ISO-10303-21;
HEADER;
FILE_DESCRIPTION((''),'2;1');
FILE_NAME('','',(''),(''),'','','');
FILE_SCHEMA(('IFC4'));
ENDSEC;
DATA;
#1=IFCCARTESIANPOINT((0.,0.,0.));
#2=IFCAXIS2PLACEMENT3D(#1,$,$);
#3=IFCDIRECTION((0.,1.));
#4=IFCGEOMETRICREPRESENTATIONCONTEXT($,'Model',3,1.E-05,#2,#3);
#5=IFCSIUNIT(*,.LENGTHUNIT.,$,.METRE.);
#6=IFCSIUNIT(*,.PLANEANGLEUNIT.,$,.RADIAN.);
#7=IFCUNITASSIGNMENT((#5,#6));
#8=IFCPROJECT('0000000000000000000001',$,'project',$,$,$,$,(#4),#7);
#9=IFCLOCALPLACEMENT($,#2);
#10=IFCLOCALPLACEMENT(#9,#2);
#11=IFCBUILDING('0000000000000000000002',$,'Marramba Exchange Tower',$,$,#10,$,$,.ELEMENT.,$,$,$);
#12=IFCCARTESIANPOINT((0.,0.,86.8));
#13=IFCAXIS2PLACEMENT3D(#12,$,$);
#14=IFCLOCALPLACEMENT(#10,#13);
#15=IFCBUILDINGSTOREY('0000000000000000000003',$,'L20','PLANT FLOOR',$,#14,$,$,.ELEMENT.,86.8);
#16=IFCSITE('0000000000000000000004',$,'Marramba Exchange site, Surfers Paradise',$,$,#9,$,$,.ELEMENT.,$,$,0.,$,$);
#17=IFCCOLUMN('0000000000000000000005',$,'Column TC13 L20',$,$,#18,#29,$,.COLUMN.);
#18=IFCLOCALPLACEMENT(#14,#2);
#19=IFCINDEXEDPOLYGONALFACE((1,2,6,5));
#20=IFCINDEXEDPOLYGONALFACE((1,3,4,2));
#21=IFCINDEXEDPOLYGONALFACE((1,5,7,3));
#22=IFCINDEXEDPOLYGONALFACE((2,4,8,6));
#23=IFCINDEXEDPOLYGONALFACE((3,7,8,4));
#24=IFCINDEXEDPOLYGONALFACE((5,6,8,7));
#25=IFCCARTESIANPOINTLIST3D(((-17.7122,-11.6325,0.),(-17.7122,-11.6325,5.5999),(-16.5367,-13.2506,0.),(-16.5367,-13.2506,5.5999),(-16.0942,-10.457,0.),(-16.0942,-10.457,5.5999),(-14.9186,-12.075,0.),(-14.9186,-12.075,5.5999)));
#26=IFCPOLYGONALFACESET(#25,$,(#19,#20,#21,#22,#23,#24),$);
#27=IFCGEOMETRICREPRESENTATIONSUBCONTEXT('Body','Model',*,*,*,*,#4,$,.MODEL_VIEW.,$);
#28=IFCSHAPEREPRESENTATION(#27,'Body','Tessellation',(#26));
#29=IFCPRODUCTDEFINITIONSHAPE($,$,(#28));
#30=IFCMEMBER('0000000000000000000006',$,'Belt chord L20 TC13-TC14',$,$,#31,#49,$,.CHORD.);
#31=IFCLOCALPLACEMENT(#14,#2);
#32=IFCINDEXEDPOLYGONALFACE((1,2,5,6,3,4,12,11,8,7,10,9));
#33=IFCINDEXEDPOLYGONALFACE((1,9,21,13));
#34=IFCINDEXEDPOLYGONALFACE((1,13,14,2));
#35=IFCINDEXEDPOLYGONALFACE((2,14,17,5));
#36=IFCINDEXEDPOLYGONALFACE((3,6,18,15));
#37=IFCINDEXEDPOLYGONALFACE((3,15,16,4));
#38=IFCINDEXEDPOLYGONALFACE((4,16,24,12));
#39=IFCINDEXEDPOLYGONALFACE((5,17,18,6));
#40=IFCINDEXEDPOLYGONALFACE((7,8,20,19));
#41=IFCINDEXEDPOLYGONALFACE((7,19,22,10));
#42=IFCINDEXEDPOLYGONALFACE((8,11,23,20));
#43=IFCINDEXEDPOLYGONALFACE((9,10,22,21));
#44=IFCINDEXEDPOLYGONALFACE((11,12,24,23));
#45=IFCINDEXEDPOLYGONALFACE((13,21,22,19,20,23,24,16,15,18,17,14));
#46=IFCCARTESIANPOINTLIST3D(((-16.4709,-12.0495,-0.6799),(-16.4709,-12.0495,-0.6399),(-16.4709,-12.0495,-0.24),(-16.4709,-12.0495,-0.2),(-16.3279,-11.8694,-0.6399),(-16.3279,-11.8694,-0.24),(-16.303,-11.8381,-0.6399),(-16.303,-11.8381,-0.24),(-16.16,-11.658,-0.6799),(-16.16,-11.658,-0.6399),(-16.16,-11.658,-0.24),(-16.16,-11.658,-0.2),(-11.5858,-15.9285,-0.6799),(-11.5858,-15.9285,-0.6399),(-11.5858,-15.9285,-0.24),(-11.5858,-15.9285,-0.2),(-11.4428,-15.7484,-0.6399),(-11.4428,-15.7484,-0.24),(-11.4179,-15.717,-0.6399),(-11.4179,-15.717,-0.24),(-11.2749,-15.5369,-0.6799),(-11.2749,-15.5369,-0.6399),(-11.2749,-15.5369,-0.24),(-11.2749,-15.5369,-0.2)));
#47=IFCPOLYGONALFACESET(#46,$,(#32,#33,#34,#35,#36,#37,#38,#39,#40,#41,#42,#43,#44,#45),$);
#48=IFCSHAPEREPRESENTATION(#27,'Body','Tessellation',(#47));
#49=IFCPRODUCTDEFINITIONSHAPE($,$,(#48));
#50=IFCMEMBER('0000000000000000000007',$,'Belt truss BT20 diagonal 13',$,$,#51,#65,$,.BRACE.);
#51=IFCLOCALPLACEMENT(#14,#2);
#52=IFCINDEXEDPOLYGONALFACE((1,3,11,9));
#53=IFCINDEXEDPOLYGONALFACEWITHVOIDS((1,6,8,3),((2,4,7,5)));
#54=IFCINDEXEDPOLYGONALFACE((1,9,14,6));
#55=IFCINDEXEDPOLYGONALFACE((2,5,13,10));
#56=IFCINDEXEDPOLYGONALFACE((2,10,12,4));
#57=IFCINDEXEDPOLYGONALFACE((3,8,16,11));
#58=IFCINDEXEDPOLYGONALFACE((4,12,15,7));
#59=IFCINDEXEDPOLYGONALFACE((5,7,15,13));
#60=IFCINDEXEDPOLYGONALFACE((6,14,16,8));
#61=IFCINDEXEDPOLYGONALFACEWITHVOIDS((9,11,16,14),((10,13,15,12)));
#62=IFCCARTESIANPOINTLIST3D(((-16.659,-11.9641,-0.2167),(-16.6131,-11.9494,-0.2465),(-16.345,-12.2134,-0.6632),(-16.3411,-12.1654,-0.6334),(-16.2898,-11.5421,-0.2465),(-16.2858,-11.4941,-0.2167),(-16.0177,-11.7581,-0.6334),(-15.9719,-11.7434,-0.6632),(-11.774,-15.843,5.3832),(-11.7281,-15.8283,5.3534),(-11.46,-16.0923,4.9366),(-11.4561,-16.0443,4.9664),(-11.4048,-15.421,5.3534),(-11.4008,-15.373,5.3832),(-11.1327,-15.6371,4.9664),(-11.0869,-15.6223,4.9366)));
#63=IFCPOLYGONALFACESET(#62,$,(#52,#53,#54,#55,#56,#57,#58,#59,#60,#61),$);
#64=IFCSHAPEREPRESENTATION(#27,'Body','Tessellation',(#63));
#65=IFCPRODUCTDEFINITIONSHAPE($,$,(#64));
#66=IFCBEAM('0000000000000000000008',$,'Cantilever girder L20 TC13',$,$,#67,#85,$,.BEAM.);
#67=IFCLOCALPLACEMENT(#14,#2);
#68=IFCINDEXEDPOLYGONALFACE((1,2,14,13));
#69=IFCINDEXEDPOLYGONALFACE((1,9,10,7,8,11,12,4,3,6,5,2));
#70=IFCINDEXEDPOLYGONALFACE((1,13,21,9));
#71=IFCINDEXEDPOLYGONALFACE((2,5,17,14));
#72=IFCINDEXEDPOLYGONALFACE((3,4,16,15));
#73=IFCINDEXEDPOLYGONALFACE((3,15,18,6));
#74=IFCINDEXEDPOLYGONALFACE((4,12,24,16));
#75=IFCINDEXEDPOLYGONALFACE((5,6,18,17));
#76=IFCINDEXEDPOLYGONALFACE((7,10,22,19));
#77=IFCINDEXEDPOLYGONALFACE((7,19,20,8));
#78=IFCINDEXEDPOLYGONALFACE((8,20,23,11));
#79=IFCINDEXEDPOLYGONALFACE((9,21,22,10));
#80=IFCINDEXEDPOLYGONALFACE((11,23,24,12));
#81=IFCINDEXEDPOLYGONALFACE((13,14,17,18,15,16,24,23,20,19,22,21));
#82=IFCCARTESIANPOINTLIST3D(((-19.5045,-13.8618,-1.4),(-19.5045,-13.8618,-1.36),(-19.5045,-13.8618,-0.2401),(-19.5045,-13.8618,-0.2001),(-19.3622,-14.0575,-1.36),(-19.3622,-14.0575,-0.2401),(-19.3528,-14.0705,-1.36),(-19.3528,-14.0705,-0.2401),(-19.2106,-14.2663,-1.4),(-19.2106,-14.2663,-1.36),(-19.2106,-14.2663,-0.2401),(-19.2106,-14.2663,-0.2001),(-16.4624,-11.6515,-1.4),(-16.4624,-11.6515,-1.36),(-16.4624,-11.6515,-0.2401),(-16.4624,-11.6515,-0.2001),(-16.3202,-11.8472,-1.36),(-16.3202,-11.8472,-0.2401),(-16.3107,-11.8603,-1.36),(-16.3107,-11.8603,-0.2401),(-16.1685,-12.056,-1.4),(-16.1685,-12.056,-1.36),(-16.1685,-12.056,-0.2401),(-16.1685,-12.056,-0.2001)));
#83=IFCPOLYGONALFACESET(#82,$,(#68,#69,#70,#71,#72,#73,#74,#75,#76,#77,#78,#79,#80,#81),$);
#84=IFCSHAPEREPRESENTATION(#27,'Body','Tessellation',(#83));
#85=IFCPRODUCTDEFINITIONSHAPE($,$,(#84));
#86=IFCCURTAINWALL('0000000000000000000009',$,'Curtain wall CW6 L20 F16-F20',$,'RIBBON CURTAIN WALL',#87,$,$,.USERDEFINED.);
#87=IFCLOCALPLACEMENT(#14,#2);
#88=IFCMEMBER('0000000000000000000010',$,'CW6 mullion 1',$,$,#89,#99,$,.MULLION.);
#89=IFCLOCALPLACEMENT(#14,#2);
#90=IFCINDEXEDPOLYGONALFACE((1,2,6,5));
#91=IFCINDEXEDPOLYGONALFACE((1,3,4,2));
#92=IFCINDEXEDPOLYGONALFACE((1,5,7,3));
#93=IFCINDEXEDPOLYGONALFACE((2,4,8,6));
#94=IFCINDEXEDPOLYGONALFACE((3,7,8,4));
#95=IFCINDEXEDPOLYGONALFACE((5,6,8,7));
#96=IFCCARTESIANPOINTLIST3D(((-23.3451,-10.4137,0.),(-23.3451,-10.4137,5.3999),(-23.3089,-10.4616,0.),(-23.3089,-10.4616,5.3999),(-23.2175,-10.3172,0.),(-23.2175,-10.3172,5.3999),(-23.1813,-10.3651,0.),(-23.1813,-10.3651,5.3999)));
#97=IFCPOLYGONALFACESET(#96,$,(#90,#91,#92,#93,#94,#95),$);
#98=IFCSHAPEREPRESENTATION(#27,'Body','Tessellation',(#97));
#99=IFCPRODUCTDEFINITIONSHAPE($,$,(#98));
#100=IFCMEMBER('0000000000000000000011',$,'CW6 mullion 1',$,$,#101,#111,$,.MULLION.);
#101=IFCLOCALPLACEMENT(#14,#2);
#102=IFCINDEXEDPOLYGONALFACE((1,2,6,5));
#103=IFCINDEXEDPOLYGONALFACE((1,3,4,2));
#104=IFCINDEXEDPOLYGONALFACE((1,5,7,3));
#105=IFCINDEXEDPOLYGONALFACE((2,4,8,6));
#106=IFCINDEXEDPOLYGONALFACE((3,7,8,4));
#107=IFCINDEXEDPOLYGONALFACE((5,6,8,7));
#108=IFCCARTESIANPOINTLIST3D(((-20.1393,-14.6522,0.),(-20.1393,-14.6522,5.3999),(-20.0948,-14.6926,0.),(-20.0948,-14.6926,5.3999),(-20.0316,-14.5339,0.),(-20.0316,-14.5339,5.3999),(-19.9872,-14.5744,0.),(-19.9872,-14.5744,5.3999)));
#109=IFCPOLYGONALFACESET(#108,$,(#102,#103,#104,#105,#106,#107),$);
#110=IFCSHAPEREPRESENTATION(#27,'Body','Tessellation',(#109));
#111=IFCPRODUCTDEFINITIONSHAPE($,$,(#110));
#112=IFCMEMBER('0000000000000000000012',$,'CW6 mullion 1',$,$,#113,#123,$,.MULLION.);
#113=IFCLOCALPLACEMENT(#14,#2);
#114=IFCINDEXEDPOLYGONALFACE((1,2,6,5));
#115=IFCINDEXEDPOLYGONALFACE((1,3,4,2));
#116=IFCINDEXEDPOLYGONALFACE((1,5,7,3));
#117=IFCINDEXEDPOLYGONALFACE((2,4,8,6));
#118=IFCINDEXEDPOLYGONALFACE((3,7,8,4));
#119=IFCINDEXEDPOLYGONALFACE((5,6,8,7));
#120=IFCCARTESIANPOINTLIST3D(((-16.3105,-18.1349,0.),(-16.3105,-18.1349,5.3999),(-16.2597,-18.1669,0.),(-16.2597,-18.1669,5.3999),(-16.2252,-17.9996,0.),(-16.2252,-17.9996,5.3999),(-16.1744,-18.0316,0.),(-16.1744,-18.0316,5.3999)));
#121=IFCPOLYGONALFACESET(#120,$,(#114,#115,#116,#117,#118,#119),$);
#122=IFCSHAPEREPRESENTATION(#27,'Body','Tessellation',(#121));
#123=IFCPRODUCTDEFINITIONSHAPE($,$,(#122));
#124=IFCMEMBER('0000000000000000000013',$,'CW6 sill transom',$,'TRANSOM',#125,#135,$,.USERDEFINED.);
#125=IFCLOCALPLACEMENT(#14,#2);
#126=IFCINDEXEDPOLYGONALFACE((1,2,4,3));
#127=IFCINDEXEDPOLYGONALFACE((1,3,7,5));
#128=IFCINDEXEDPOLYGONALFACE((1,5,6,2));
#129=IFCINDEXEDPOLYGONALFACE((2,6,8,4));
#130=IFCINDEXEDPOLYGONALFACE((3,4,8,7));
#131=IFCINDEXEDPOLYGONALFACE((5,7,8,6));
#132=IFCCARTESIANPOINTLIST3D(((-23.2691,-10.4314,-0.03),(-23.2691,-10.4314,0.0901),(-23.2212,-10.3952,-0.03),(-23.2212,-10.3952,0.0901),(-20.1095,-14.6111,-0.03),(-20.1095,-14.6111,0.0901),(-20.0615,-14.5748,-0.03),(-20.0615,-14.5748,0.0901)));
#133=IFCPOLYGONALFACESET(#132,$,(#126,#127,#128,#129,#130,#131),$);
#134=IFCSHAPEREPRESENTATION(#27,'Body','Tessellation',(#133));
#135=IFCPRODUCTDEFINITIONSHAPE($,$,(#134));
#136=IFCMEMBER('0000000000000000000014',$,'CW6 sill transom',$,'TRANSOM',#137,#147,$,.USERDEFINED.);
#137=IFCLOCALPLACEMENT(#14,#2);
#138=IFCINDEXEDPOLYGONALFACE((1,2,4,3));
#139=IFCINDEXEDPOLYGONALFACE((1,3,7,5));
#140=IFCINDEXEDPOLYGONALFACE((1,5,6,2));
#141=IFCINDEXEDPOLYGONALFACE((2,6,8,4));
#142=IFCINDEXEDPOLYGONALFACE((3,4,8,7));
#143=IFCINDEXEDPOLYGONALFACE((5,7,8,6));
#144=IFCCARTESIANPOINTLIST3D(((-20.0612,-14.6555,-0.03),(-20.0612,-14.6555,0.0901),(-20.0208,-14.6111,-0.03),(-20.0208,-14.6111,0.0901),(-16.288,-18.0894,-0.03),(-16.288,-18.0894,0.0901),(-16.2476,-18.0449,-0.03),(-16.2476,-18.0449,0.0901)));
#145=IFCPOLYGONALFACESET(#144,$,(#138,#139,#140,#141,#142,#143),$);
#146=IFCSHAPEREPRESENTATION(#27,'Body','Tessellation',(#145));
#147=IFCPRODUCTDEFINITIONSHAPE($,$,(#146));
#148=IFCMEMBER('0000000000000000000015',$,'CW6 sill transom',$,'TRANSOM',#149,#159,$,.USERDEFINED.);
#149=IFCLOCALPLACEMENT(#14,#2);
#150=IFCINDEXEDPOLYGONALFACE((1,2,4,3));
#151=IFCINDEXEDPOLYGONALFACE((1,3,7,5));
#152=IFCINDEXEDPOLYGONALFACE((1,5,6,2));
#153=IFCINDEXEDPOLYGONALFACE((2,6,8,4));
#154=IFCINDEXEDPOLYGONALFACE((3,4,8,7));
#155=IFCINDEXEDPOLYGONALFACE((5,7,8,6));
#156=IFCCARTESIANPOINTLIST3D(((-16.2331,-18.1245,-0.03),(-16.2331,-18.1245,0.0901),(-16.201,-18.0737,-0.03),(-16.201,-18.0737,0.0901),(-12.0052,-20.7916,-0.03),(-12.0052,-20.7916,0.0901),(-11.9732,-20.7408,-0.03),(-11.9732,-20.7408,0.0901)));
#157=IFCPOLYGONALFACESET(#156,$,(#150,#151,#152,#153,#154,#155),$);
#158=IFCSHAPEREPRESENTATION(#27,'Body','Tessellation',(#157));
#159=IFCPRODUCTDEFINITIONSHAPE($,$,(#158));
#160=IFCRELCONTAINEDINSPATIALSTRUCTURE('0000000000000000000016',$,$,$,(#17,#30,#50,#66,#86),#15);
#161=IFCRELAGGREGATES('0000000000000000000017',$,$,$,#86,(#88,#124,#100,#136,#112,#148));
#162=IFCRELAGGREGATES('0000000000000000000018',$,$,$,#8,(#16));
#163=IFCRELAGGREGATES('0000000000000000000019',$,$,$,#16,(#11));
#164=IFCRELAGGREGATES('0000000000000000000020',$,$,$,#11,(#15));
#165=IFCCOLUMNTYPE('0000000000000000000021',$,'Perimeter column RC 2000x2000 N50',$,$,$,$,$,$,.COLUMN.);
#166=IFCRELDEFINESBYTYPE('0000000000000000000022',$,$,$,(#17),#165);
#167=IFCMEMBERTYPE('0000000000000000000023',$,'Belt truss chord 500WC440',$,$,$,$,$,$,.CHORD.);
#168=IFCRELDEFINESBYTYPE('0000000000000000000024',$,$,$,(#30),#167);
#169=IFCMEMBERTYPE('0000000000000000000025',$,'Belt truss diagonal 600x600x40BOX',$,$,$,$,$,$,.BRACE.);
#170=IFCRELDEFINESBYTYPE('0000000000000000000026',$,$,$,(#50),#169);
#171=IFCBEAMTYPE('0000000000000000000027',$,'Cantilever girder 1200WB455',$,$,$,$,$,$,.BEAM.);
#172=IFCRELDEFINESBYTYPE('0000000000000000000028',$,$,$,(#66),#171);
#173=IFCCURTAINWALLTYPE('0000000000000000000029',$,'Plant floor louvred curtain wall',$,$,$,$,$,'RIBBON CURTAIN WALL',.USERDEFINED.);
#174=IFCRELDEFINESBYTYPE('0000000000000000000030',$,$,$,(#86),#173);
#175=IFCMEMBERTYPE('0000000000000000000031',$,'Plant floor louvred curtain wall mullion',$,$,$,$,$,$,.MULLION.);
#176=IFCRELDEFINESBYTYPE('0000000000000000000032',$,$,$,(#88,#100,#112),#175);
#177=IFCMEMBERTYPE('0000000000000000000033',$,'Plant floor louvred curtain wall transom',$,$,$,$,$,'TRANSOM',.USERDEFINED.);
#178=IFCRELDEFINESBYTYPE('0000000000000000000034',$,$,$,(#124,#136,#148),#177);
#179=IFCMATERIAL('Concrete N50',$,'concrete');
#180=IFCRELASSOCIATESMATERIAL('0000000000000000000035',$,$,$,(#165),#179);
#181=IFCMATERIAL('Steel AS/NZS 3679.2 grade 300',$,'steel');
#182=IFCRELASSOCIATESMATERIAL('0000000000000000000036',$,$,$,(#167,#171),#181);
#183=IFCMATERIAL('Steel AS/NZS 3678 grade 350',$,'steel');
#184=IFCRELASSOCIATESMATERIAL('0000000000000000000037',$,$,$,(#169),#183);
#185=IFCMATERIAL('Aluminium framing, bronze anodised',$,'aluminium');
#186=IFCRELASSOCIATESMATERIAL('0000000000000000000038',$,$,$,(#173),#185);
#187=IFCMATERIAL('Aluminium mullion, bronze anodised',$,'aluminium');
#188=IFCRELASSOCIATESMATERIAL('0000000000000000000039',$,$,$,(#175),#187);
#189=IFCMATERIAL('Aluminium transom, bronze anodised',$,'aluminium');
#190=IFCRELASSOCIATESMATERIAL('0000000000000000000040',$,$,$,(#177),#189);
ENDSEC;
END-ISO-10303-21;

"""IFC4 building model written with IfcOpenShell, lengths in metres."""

from ifc_helpers import new_model, si_unit, direction, frame, origin, origin_2d, place, context, subcontext, project, spatial, rectangle, hollow_rectangle, i_section, extrude, material, material_profile, profile_set, type_object, element, aggregate, save


model = new_model("IFC4")

# Units and contexts
model_context = context("Model", 3, precision=1e-05, world=origin(), true_north=direction((0.0, 1.0)))
body_context = subcontext(model_context, "Body", "Model", "MODEL_VIEW")
ifc_project = project(units=[si_unit("LENGTHUNIT", "METRE"), si_unit("PLANEANGLEUNIT", "RADIAN")], contexts=[model_context])

# Site, building, storey
site_placement = place(None, origin())
site = spatial("IfcSite", under=ifc_project, at=site_placement, Name="Marramba Exchange site, Surfers Paradise", CompositionType="ELEMENT", RefElevation=0.0)
building_placement = place(site_placement, origin())
building = spatial("IfcBuilding", under=site, at=building_placement, Name="Marramba Exchange Tower", CompositionType="ELEMENT")
storey_placement = place(building_placement, frame((0.0, 0.0, 86.8)))
storey = spatial("IfcBuildingStorey", under=building, at=storey_placement, Name="L20", Description="PLANT FLOOR", CompositionType="ELEMENT", Elevation=86.8)

# Column
ifc_material_1 = material(Name="Concrete N50", Category="concrete")
ifc_material_profile_1 = material_profile(ifc_material_1, rectangle(XDim=2.0, YDim=2.0, at=origin_2d()), Name="RC 2000x2000")
ifc_profile_set_1 = profile_set([ifc_material_profile_1], Name="Concrete N50")
column_type = type_object("IfcColumnType", Name="Perimeter column RC 2000x2000 N50", PredefinedType="COLUMN", material=ifc_profile_set_1)
column_placement = place(storey_placement, frame((-16.3154, -11.8538, 0.0), z_axis=(0.0, 0.0, 1.0), x_axis=(-0.809017, -0.587785, 0.0)))
element("IfcColumn", 1, at=column_placement, inside=storey, type_object=column_type, Name="Column TC13 L20", PredefinedType="COLUMN", context=body_context, shape_type="SweptSolid", body=[
    extrude(rectangle(XDim=2.0, YDim=2.0, at=origin_2d()), origin(), (0.0, 0.0, 1.0), 5.5999),
])

# Members
ifc_material_2 = material(Name="Steel AS/NZS 3679.2 grade 300", Category="steel")
ifc_material_profile_2 = material_profile(ifc_material_2, i_section(OverallWidth=0.5, OverallDepth=0.48, WebThickness=0.04, FlangeThickness=0.04, at=origin_2d()), Name="500WC440")
ifc_profile_set_2 = profile_set([ifc_material_profile_2], Name="Steel AS/NZS 3679.2 grade 300")
member_type_1 = type_object("IfcMemberType", Name="Belt truss chord 500WC440", PredefinedType="CHORD", material=ifc_profile_set_2)
member_1_placement = place(storey_placement, frame((-16.3154, -11.8538, -0.4399), z_axis=(0.783139, -0.621846, 0.0), x_axis=(0.621846, 0.783139, 0.0)))
element("IfcMember", 2, at=member_1_placement, inside=storey, type_object=member_type_1, Name="Belt chord L20 TC13-TC14", PredefinedType="CHORD", context=body_context, shape_type="SweptSolid", body=[
    extrude(i_section(OverallWidth=0.5, OverallDepth=0.48, WebThickness=0.04, FlangeThickness=0.04, at=origin_2d()), origin(), (0.0, 0.0, 1.0), 6.2378),
])
ifc_material_3 = material(Name="Steel AS/NZS 3678 grade 350", Category="steel")
ifc_material_profile_3 = material_profile(ifc_material_3, hollow_rectangle(XDim=0.6001, YDim=0.6001, WallThickness=0.04, at=origin_2d()), Name="600x600x40BOX")
ifc_profile_set_3 = profile_set([ifc_material_profile_3], Name="Steel AS/NZS 3678 grade 350")
member_type_2 = type_object("IfcMemberType", Name="Belt truss diagonal 600x600x40BOX", PredefinedType="BRACE", material=ifc_profile_set_3)
member_2_placement = place(storey_placement, frame((-16.3154, -11.8538, -0.4399), z_axis=(0.582758, -0.462734, 0.668035), x_axis=(0.621846, 0.783139, 0.0)))
element("IfcMember", 3, at=member_2_placement, inside=storey, type_object=member_type_2, Name="Belt truss BT20 diagonal 13", PredefinedType="BRACE", context=body_context, shape_type="SweptSolid", body=[
    extrude(hollow_rectangle(XDim=0.6001, YDim=0.6001, WallThickness=0.04, at=origin_2d()), origin(), (0.0, 0.0, 1.0), 8.3826),
])

# Beam
ifc_material_profile_4 = material_profile(ifc_material_2, i_section(OverallWidth=0.5, OverallDepth=1.2, WebThickness=0.0161, FlangeThickness=0.04, at=origin_2d()), Name="1200WB455")
ifc_profile_set_4 = profile_set([ifc_material_profile_4], Name="Steel AS/NZS 3679.2 grade 300")
beam_type_1 = type_object("IfcBeamType", Name="Cantilever girder 1200WB455", PredefinedType="BEAM", material=ifc_profile_set_4)
beam_1_placement = place(storey_placement, frame((-16.3154, -11.8538, -0.8), z_axis=(-0.809008, -0.587797, 0.0), x_axis=(0.587797, -0.809008, 0.0)))
element("IfcBeam", 4, at=beam_1_placement, inside=storey, type_object=beam_type_1, Name="Cantilever girder L20 TC13", PredefinedType="BEAM", context=body_context, shape_type="SweptSolid", body=[
    extrude(i_section(OverallWidth=0.5, OverallDepth=1.2, WebThickness=0.0161, FlangeThickness=0.04, at=origin_2d()), origin(), (0.0, 0.0, 1.0), 3.7603),
])

# Curtain wall, members
ifc_material_4 = material(Name="Aluminium framing, bronze anodised", Category="aluminium")
curtain_wall_type = type_object("IfcCurtainWallType", Name="Plant floor louvred curtain wall", ElementType="RIBBON CURTAIN WALL", PredefinedType="USERDEFINED", material=ifc_material_4)
curtain_wall_placement = place(storey_placement, origin())
curtain_wall = element("IfcCurtainWall", 5, at=curtain_wall_placement, inside=storey, type_object=curtain_wall_type, Name="Curtain wall CW6 L20 F16-F20", ObjectType="RIBBON CURTAIN WALL", PredefinedType="USERDEFINED")
ifc_material_5 = material(Name="Aluminium mullion, bronze anodised", Category="aluminium")
ifc_material_profile_5 = material_profile(ifc_material_5, rectangle(XDim=0.1599, YDim=0.0601, at=origin_2d()), Name="CW6 mullion 60x160")
ifc_profile_set_5 = profile_set([ifc_material_profile_5], Name="Aluminium mullion, bronze anodised")
member_type_3 = type_object("IfcMemberType", Name="Plant floor louvred curtain wall mullion", PredefinedType="MULLION", material=ifc_profile_set_5)
member_3_placement = place(storey_placement, frame((-23.2632, -10.3894, 0.0), z_axis=(0.0, 0.0, 1.0), x_axis=(0.797711, 0.60304, 0.0)))
member_3 = element("IfcMember", 6, at=member_3_placement, type_object=member_type_3, Name="CW6 mullion 1", PredefinedType="MULLION", context=body_context, shape_type="SweptSolid", body=[
    extrude(rectangle(XDim=0.1599, YDim=0.0601, at=origin_2d()), origin(), (0.0, 0.0, 1.0), 5.3999),
])
member_4_placement = place(storey_placement, frame((-20.0632, -14.6133, 0.0), z_axis=(0.0, 0.0, 1.0), x_axis=(0.673058, 0.73959, 0.0)))
member_4 = element("IfcMember", 7, at=member_4_placement, type_object=member_type_3, Name="CW6 mullion 1", PredefinedType="MULLION", context=body_context, shape_type="SweptSolid", body=[
    extrude(rectangle(XDim=0.1599, YDim=0.0601, at=origin_2d()), origin(), (0.0, 0.0, 1.0), 5.3999),
])
member_5_placement = place(storey_placement, frame((-16.2424, -18.0833, 0.0), z_axis=(0.0, 0.0, 1.0), x_axis=(0.533515, 0.845791, 0.0)))
member_5 = element("IfcMember", 8, at=member_5_placement, type_object=member_type_3, Name="CW6 mullion 1", PredefinedType="MULLION", context=body_context, shape_type="SweptSolid", body=[
    extrude(rectangle(XDim=0.1599, YDim=0.0601, at=origin_2d()), origin(), (0.0, 0.0, 1.0), 5.3999),
])
ifc_material_6 = material(Name="Aluminium transom, bronze anodised", Category="aluminium")
ifc_material_profile_6 = material_profile(ifc_material_6, rectangle(XDim=0.0601, YDim=0.1201, at=origin_2d()), Name="CW6 transom 60x120")
ifc_profile_set_6 = profile_set([ifc_material_profile_6], Name="Aluminium transom, bronze anodised")
member_type_4 = type_object("IfcMemberType", Name="Plant floor louvred curtain wall transom", ElementType="TRANSOM", PredefinedType="USERDEFINED", material=ifc_profile_set_6)
member_6_placement = place(storey_placement, frame((-23.2451, -10.4133, 0.03), z_axis=(0.603037, -0.797713, 0.0), x_axis=(0.797713, 0.603037, 0.0)))
member_6 = element("IfcMember", 9, at=member_6_placement, type_object=member_type_4, Name="CW6 sill transom", ObjectType="TRANSOM", PredefinedType="USERDEFINED", context=body_context, shape_type="SweptSolid", body=[
    extrude(rectangle(XDim=0.0601, YDim=0.1201, at=origin_2d()), origin(), (0.0, 0.0, 1.0), 5.2395),
])
member_7_placement = place(storey_placement, frame((-20.041, -14.6333, 0.03), z_axis=(0.739583, -0.673066, 0.0), x_axis=(0.673066, 0.739583, 0.0)))
member_7 = element("IfcMember", 10, at=member_7_placement, type_object=member_type_4, Name="CW6 sill transom", ObjectType="TRANSOM", PredefinedType="USERDEFINED", context=body_context, shape_type="SweptSolid", body=[
    extrude(rectangle(XDim=0.0601, YDim=0.1201, at=origin_2d()), origin(), (0.0, 0.0, 1.0), 5.1018),
])
member_8_placement = place(storey_placement, frame((-16.217, -18.0991, 0.03), z_axis=(0.845777, -0.533537, 0.0), x_axis=(0.533537, 0.845777, 0.0)))
member_8 = element("IfcMember", 11, at=member_8_placement, type_object=member_type_4, Name="CW6 sill transom", ObjectType="TRANSOM", PredefinedType="USERDEFINED", context=body_context, shape_type="SweptSolid", body=[
    extrude(rectangle(XDim=0.0601, YDim=0.1201, at=origin_2d()), origin(), (0.0, 0.0, 1.0), 4.9988),
])

aggregate(curtain_wall, [member_3, member_6, member_4, member_7, member_5, member_8])

save(model, "model.ifc")
